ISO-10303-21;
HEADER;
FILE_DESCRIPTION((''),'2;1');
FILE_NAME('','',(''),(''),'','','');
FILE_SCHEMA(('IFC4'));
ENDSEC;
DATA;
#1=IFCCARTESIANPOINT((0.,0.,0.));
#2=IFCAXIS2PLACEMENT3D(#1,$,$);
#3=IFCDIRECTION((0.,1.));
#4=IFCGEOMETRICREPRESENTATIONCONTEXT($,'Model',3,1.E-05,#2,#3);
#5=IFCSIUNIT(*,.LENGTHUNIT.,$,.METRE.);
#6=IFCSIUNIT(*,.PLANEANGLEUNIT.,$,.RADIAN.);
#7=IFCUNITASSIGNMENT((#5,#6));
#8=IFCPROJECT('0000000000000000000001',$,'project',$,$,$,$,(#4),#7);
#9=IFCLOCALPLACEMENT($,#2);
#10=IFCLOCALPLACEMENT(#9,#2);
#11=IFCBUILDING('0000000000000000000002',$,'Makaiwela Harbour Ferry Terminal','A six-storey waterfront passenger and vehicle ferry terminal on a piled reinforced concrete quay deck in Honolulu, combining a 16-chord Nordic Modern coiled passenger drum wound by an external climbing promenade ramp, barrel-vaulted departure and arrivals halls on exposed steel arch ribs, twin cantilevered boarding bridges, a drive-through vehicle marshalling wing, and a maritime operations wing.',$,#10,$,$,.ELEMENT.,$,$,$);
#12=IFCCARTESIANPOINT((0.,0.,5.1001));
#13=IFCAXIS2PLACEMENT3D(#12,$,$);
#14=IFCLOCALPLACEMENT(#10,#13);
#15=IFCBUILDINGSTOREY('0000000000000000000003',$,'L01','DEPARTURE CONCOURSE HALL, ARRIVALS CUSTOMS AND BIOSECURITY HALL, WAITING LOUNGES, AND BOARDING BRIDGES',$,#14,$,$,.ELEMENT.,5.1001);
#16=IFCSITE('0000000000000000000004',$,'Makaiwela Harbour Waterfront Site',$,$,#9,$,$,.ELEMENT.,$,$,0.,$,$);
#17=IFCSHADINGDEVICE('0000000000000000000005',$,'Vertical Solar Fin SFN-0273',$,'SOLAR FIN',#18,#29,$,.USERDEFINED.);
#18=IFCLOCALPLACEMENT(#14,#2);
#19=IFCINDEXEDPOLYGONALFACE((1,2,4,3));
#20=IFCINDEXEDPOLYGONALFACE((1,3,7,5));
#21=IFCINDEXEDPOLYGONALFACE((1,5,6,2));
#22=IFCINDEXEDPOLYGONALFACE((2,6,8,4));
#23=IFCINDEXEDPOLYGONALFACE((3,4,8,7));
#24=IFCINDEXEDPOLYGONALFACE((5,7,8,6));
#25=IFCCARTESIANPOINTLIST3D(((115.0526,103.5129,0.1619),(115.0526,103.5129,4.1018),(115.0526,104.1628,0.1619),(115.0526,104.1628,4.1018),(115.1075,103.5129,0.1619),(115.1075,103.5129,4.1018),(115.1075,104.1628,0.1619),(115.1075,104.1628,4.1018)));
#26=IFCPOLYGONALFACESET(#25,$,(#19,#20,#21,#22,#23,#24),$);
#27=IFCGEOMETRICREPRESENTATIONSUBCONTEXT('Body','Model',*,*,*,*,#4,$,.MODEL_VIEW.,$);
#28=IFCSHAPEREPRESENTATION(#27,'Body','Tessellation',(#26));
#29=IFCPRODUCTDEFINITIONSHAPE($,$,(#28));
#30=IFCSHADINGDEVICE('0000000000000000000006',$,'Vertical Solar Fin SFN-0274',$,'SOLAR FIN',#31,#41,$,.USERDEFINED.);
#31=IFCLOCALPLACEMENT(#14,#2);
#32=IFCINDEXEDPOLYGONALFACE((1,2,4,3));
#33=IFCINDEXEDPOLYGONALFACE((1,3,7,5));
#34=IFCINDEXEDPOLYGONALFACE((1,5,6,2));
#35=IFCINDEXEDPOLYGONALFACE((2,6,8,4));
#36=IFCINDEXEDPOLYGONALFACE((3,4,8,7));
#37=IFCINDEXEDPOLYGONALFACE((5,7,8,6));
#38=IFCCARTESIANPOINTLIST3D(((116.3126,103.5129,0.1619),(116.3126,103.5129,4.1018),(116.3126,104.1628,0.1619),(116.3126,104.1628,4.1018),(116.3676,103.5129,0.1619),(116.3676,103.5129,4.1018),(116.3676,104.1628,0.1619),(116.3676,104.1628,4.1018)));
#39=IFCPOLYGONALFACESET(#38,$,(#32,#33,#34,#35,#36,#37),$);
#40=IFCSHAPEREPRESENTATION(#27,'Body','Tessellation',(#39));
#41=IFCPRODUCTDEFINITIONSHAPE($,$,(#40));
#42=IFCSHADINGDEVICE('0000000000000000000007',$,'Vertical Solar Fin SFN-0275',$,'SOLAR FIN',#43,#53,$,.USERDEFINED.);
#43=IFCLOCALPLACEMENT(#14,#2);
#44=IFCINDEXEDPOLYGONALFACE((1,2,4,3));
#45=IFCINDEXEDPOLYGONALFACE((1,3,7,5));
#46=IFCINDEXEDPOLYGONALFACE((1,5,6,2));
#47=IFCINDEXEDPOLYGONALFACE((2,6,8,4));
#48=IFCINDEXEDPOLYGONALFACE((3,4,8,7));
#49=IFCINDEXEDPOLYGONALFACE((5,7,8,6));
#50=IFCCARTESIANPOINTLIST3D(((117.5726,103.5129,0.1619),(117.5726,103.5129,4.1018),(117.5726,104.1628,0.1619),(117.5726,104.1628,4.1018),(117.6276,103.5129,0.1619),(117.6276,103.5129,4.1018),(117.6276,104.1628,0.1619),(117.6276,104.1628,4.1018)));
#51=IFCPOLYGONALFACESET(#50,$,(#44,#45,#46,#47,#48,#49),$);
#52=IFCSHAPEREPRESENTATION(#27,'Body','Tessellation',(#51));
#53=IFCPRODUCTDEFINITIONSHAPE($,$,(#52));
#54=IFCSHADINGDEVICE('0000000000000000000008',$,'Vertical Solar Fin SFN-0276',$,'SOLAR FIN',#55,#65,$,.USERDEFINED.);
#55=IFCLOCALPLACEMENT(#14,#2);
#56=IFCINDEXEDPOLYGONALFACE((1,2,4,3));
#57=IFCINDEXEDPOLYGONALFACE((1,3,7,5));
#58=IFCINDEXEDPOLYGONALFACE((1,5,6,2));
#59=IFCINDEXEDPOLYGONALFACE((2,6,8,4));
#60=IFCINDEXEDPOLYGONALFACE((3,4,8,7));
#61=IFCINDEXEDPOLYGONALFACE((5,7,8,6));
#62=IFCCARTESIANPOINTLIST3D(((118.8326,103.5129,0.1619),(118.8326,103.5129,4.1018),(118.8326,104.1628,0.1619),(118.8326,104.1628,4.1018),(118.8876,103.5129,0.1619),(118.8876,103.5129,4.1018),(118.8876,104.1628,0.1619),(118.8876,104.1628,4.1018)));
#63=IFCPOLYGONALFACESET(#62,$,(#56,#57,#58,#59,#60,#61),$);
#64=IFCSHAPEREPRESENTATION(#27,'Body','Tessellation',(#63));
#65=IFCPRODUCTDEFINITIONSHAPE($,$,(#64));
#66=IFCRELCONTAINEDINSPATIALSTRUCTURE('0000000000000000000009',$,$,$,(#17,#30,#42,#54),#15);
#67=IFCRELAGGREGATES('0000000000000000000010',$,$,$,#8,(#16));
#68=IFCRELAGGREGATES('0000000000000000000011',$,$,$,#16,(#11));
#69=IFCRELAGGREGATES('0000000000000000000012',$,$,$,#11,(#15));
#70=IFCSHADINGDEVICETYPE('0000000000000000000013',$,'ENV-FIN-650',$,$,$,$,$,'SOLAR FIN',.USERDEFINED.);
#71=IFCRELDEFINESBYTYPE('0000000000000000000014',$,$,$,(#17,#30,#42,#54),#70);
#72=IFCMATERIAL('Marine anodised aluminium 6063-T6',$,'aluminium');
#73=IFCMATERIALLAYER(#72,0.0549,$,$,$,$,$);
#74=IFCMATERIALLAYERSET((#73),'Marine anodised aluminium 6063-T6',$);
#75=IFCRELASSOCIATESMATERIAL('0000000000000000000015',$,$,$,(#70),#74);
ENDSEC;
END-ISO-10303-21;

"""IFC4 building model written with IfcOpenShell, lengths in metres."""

from ifc_helpers import new_model, si_unit, direction, frame, origin, origin_2d, place, context, subcontext, project, spatial, rectangle, extrude, material, layer, layer_set, type_object, element, save


model = new_model("IFC4")

# Units and contexts
model_context = context("Model", 3, precision=1e-05, world=origin(), true_north=direction((0.0, 1.0)))
body_context = subcontext(model_context, "Body", "Model", "MODEL_VIEW")
ifc_project = project(units=[si_unit("LENGTHUNIT", "METRE"), si_unit("PLANEANGLEUNIT", "RADIAN")], contexts=[model_context])

# Site, building, storey
site_placement = place(None, origin())
site = spatial("IfcSite", under=ifc_project, at=site_placement, Name="Makaiwela Harbour Waterfront Site", CompositionType="ELEMENT", RefElevation=0.0)
building_placement = place(site_placement, origin())
building = spatial("IfcBuilding", under=site, at=building_placement, Name="Makaiwela Harbour Ferry Terminal", Description="A six-storey waterfront passenger and vehicle ferry terminal on a piled reinforced concrete quay deck in Honolulu, combining a 16-chord Nordic Modern coiled passenger drum wound by an external climbing promenade ramp, barrel-vaulted departure and arrivals halls on exposed steel arch ribs, twin cantilevered boarding bridges, a drive-through vehicle marshalling wing, and a maritime operations wing.", CompositionType="ELEMENT")
storey_placement = place(building_placement, frame((0.0, 0.0, 5.1001)))
storey = spatial("IfcBuildingStorey", under=building, at=storey_placement, Name="L01", Description="DEPARTURE CONCOURSE HALL, ARRIVALS CUSTOMS AND BIOSECURITY HALL, WAITING LOUNGES, AND BOARDING BRIDGES", CompositionType="ELEMENT", Elevation=5.1001)

# Shared definitions
ifc_material_1 = material(Name="Marine anodised aluminium 6063-T6", Category="aluminium")

# Shading devices
ifc_layer_1 = layer(ifc_material_1, 0.0549)
ifc_layer_set_1 = layer_set([ifc_layer_1], Name="Marine anodised aluminium 6063-T6")
shading_device_type = type_object("IfcShadingDeviceType", Name="ENV-FIN-650", ElementType="SOLAR FIN", PredefinedType="USERDEFINED", material=ifc_layer_set_1)
for number, where, z_axis, x_axis, name in (
    (1, (115.0801, 103.8379, 0.1619), (0.0, 0.0, 1.0), (0.0, 1.0, 0.0), "Vertical Solar Fin SFN-0273"),
    (2, (116.3401, 103.8379, 0.1619), (0.0, 0.0, 1.0), (0.0, 1.0, 0.0), "Vertical Solar Fin SFN-0274"),
    (3, (117.6001, 103.8379, 0.1619), (0.0, 0.0, 1.0), (0.0, 1.0, 0.0), "Vertical Solar Fin SFN-0275"),
    (4, (118.8601, 103.8379, 0.1619), (0.0, 0.0, 1.0), (0.0, 1.0, 0.0), "Vertical Solar Fin SFN-0276"),
):
    element("IfcShadingDevice", number, at=place(storey_placement, frame(where, z_axis=z_axis, x_axis=x_axis)), inside=storey, type_object=shading_device_type, Name=name, ObjectType="SOLAR FIN", PredefinedType="USERDEFINED", context=body_context, shape_type="SweptSolid", body=[
        extrude(rectangle(XDim=0.6499, YDim=0.0549, at=origin_2d()), origin(), (0.0, 0.0, 1.0), 3.9399),
    ])

save(model, "model.ifc")
